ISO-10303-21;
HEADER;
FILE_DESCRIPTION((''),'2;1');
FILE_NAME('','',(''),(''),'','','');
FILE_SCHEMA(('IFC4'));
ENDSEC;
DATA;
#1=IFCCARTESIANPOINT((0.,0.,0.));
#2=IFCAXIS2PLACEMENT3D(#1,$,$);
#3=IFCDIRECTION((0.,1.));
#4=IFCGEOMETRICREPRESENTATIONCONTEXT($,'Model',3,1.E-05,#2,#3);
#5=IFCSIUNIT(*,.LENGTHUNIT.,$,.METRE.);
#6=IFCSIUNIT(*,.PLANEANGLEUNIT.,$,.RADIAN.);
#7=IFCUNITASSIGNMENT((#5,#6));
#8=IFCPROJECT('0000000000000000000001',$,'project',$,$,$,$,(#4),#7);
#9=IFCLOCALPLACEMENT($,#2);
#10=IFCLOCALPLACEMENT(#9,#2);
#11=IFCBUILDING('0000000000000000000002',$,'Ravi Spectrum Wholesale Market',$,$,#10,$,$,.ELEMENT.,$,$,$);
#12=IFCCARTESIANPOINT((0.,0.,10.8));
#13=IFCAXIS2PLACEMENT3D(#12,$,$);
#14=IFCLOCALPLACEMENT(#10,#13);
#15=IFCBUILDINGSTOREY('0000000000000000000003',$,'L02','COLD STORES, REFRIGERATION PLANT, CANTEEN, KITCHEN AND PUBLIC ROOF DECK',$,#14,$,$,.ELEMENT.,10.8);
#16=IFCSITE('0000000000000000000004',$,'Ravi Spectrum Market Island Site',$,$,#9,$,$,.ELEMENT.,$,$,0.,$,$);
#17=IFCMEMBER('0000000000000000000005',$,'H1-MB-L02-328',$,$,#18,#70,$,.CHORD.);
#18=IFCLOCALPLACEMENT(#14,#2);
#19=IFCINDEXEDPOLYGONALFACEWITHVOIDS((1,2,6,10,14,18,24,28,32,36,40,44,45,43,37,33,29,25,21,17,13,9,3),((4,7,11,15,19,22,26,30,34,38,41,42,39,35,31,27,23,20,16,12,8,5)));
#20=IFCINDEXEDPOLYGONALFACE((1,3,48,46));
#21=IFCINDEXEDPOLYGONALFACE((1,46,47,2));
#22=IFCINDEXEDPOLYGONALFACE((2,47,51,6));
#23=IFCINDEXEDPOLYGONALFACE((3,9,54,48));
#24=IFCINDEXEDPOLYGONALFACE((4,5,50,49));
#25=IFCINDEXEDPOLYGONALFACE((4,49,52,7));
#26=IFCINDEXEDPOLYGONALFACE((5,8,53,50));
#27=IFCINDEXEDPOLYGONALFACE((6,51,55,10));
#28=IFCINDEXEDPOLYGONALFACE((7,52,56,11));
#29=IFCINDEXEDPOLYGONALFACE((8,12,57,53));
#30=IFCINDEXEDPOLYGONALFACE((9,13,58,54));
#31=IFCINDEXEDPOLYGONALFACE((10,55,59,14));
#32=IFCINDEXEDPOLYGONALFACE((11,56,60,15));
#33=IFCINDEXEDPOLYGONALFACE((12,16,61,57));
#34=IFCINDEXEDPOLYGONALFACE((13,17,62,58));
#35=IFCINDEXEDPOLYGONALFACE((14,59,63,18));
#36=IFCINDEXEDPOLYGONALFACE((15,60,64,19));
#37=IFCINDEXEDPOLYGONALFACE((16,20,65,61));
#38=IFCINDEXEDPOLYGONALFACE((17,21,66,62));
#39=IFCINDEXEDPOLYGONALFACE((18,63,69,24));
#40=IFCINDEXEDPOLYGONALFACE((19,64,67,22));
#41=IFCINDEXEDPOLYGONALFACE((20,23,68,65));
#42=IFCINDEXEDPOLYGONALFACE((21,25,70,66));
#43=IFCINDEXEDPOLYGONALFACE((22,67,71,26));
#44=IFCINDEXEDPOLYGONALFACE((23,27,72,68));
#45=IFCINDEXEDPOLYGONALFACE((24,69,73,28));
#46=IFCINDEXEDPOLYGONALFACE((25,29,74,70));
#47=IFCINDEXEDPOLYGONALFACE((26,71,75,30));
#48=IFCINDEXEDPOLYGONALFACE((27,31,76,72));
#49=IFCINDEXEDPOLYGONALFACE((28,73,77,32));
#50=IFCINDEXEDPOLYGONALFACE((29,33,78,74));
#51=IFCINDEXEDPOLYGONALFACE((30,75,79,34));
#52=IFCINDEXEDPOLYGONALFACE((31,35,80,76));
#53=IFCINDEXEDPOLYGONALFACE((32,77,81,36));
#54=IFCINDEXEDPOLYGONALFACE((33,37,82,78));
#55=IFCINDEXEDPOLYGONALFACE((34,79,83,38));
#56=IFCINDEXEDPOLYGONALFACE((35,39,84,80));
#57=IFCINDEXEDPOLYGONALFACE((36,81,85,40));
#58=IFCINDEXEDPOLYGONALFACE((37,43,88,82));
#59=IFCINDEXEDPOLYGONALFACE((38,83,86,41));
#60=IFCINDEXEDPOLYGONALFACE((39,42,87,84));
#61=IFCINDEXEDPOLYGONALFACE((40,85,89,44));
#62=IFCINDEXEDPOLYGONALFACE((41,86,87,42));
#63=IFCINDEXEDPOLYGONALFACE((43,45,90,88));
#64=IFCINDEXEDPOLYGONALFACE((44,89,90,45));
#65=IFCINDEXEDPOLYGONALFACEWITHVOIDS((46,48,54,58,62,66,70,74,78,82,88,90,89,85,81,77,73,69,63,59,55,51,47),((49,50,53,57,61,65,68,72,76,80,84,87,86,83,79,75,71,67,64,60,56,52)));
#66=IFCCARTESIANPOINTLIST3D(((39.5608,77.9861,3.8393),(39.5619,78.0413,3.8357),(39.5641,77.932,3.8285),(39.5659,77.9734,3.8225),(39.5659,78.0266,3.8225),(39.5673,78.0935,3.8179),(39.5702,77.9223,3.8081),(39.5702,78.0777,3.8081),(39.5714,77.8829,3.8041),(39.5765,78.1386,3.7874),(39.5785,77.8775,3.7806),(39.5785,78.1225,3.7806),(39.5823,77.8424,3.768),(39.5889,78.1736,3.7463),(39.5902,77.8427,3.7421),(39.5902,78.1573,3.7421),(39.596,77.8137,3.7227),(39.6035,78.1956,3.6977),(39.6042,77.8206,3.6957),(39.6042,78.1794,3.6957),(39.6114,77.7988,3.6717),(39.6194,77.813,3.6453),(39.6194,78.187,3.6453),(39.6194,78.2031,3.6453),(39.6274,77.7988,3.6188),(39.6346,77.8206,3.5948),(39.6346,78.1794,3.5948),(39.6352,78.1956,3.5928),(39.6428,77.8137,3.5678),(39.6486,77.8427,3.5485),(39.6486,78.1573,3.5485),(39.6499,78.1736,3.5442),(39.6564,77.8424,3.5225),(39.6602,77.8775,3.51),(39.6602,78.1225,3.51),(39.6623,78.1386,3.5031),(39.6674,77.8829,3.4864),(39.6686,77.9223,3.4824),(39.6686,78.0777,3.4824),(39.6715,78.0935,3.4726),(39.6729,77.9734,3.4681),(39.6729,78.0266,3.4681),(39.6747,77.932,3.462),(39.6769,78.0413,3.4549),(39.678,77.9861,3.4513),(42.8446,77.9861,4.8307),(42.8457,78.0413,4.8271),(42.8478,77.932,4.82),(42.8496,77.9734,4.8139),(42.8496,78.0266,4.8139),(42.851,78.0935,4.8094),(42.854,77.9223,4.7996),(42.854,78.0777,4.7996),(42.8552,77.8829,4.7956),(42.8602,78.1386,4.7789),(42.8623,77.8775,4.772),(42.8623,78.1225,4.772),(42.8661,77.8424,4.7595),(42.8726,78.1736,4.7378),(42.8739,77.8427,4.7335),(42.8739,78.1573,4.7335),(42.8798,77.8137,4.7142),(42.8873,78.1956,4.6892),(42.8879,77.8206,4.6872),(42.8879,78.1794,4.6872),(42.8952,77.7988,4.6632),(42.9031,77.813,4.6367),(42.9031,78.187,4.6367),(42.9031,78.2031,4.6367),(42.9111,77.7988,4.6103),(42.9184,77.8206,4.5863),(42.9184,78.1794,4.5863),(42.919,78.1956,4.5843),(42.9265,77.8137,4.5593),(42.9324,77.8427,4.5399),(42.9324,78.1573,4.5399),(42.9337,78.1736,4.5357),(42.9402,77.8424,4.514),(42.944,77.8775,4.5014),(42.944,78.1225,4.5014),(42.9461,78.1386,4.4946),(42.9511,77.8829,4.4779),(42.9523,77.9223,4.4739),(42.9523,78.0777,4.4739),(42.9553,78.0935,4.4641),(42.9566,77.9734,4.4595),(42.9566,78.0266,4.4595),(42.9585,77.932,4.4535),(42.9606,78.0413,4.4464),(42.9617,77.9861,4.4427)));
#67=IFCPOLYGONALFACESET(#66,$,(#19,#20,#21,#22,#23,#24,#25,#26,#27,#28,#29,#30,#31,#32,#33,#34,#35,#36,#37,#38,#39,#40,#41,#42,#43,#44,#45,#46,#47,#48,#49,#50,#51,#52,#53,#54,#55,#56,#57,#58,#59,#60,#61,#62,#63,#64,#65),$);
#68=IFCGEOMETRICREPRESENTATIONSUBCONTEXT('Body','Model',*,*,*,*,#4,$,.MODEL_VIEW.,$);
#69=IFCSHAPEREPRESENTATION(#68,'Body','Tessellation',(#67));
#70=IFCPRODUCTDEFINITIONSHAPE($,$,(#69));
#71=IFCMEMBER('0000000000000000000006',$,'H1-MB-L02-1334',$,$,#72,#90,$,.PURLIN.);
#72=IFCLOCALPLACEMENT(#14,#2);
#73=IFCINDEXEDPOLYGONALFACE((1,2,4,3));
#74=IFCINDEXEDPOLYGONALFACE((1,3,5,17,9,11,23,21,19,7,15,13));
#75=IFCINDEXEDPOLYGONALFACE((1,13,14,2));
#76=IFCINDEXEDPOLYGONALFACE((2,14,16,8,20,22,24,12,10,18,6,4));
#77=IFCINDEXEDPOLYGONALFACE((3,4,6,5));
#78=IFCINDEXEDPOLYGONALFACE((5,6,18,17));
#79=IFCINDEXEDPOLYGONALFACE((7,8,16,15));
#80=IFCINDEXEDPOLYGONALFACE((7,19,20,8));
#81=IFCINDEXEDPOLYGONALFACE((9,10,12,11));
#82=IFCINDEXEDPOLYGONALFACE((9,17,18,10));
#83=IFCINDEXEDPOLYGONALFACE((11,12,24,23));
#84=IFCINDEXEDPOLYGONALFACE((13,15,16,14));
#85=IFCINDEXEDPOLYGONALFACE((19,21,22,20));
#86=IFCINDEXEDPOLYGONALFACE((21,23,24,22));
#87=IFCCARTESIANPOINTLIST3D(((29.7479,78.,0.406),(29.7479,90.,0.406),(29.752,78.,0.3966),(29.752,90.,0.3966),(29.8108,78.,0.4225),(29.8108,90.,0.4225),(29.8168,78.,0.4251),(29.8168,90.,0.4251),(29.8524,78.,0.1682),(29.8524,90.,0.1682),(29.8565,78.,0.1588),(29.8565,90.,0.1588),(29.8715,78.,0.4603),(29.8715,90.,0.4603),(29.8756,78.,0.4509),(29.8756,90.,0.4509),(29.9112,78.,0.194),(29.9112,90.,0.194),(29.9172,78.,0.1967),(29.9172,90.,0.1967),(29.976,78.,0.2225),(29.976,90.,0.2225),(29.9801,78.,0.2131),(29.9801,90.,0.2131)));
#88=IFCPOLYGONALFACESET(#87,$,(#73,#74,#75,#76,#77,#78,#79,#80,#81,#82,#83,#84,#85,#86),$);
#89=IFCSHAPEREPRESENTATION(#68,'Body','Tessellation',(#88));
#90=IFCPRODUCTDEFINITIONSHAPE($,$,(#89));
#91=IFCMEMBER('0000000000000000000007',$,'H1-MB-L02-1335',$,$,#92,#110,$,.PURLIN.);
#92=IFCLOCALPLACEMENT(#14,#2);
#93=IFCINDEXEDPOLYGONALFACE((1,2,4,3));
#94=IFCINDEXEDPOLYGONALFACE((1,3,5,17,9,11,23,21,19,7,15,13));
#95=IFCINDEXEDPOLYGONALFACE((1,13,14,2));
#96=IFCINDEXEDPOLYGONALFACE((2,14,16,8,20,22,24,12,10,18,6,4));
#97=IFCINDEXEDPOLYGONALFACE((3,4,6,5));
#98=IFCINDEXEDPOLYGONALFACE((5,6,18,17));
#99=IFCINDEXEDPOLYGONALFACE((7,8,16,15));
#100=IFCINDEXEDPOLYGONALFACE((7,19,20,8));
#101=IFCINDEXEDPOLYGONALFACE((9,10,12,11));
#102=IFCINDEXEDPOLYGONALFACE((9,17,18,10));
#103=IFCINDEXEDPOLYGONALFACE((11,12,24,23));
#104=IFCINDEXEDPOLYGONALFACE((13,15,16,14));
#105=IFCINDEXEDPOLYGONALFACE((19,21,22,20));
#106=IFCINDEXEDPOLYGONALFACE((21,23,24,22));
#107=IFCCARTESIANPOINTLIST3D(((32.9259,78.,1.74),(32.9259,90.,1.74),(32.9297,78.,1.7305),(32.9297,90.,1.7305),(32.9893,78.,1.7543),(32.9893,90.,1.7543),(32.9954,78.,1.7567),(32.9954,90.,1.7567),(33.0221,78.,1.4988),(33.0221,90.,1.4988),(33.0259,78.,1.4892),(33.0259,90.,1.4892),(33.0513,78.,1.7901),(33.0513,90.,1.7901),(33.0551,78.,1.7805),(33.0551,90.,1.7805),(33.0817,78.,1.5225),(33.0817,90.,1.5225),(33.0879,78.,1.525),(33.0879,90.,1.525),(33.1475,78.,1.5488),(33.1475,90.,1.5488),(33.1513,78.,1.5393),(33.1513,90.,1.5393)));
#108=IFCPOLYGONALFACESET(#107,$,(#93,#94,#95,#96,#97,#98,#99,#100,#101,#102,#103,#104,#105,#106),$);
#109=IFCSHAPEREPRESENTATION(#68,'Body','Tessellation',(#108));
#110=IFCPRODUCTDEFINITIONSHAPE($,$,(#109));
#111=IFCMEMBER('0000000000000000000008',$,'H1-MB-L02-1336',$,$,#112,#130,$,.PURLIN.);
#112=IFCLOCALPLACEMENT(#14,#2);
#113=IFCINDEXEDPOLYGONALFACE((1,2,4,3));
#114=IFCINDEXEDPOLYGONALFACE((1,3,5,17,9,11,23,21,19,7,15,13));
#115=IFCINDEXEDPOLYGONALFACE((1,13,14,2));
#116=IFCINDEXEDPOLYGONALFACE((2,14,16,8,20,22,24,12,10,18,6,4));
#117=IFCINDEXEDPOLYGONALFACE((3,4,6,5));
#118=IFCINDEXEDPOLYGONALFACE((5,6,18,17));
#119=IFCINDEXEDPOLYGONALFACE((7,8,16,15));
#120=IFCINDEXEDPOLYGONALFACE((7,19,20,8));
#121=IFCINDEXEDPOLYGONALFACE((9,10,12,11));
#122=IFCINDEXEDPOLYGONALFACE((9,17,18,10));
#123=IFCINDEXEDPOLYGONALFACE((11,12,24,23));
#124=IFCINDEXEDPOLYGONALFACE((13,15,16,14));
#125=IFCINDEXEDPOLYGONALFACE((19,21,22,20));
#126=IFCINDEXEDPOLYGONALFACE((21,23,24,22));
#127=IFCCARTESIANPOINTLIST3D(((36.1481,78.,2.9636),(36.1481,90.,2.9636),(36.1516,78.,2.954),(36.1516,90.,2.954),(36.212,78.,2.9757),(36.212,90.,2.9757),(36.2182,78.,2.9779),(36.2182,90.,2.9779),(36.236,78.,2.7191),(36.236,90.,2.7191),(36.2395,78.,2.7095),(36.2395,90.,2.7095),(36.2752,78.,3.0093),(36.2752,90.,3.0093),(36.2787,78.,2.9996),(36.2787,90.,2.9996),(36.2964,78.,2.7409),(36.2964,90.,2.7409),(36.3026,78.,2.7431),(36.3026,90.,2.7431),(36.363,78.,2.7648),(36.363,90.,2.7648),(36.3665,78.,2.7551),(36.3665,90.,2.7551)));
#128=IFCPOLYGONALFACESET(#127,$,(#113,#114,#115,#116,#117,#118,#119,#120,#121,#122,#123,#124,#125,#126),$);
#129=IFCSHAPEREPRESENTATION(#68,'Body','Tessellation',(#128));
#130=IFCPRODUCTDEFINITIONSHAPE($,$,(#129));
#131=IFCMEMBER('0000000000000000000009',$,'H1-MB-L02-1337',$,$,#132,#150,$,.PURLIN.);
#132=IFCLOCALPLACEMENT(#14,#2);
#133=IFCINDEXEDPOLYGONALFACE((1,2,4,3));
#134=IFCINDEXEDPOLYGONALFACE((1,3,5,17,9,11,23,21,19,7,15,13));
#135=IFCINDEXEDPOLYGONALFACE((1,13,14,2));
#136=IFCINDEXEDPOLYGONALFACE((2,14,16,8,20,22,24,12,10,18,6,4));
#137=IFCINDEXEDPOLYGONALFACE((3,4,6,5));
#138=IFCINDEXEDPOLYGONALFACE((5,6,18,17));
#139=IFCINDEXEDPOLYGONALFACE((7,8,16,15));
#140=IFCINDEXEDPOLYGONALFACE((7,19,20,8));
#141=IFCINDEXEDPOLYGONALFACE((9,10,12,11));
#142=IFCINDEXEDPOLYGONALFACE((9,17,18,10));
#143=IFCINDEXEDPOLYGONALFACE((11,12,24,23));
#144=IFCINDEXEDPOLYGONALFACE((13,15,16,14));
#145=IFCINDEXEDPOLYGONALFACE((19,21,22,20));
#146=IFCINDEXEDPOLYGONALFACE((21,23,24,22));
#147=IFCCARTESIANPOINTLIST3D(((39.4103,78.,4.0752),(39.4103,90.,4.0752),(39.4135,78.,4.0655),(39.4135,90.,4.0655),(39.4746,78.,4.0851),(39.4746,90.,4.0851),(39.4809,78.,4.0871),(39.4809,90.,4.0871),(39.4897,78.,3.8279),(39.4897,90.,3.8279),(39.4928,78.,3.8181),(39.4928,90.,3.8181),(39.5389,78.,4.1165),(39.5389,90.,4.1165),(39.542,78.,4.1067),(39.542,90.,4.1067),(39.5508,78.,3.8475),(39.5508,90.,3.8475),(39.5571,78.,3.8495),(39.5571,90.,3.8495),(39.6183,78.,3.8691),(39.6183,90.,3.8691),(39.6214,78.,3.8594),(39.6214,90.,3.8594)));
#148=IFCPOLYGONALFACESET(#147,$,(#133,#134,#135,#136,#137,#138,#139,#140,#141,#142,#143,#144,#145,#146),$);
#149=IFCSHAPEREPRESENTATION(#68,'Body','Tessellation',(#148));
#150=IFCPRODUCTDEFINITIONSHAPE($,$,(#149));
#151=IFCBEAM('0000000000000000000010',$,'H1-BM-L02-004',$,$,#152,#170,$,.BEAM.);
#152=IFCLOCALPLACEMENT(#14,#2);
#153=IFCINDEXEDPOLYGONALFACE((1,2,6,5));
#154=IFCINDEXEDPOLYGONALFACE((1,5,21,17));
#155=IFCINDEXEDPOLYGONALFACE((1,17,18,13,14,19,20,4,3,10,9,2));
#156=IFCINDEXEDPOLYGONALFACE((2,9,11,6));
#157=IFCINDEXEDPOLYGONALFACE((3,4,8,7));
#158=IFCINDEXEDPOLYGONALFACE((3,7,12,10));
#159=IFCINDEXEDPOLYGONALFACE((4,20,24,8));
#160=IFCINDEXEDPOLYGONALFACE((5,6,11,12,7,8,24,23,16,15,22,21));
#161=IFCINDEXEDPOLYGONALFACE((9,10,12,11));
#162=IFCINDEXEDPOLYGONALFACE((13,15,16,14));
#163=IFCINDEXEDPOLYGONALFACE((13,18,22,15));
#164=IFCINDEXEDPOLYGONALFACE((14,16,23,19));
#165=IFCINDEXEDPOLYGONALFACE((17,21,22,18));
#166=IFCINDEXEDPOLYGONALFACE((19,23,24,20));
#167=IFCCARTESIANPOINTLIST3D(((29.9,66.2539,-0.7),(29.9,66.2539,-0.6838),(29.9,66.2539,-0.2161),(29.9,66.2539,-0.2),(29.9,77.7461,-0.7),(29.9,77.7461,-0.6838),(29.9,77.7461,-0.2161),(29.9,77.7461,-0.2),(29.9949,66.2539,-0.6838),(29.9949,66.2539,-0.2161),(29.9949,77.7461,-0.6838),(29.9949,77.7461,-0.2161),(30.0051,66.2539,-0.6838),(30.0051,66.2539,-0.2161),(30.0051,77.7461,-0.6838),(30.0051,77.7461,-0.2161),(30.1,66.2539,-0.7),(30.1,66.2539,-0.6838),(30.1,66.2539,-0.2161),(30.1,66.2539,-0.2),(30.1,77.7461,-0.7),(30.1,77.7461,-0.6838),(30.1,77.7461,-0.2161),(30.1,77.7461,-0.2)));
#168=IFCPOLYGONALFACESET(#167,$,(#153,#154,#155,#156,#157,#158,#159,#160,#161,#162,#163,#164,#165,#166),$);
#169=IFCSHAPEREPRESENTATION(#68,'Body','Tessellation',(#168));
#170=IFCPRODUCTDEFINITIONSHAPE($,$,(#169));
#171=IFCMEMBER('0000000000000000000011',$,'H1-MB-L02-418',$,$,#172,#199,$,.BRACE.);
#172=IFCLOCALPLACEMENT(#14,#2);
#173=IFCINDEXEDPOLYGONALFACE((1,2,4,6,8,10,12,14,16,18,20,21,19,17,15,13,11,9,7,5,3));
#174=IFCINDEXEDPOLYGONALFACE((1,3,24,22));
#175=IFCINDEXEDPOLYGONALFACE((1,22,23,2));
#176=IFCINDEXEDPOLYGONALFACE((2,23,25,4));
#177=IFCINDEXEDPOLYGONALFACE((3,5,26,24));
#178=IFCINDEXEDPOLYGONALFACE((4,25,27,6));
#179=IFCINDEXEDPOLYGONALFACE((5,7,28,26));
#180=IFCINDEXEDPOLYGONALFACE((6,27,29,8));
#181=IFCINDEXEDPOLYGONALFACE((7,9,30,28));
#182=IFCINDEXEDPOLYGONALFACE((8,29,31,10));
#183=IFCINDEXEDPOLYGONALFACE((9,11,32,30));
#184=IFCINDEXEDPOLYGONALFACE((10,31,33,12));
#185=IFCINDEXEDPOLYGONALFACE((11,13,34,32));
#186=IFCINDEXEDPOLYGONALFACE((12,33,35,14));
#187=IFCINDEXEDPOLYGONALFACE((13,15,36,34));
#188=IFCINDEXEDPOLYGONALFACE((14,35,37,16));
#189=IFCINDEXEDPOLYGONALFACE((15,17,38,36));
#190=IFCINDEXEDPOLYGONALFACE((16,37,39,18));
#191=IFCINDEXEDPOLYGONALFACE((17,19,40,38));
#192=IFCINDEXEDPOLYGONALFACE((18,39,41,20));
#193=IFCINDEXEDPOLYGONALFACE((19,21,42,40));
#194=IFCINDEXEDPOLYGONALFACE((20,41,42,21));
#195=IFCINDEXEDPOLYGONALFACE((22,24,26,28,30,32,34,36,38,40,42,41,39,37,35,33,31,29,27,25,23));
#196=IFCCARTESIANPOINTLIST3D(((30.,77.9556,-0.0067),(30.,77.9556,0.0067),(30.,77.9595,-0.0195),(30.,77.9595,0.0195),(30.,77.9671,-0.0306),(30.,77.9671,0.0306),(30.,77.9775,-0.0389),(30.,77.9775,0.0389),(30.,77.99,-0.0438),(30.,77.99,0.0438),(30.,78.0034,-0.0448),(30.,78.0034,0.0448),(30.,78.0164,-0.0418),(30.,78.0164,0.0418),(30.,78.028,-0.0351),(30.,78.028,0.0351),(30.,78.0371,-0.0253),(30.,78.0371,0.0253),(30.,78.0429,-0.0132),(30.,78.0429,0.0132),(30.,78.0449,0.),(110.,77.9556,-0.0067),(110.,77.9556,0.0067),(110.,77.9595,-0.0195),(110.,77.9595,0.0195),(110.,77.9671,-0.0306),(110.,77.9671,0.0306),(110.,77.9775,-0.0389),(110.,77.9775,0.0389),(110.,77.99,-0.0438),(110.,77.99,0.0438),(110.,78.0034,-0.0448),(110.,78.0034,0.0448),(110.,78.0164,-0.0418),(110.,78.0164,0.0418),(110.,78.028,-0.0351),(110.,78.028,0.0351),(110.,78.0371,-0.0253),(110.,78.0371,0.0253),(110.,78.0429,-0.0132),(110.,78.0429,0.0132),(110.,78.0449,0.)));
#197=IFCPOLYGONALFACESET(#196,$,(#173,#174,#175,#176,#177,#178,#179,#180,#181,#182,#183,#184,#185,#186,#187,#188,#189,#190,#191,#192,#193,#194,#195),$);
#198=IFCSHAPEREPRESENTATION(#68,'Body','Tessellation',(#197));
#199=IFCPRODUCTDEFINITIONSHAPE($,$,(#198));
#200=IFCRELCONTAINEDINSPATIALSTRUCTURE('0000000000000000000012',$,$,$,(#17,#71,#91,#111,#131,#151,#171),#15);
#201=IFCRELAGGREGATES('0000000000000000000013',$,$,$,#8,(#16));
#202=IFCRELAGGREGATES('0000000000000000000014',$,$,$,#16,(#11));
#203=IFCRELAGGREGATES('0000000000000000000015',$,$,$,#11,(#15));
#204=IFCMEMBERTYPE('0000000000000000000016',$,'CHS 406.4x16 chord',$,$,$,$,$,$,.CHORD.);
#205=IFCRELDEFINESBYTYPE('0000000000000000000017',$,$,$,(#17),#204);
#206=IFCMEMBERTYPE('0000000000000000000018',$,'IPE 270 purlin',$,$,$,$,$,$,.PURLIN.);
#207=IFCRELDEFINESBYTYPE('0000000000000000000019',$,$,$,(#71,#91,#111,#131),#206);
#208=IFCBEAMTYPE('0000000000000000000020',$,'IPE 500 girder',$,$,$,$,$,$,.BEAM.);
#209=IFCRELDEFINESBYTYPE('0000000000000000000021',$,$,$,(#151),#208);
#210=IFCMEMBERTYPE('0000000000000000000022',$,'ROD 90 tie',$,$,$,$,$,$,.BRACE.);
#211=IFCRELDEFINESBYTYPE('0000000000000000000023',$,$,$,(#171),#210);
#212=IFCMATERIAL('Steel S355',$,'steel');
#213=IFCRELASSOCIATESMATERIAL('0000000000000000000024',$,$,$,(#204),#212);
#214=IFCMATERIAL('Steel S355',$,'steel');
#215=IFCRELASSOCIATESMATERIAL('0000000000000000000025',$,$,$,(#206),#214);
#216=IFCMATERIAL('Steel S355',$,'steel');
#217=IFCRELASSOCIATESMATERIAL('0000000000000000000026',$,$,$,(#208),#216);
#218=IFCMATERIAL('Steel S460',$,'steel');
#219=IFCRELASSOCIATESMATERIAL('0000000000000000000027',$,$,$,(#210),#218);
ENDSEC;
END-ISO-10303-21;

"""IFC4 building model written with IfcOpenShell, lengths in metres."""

from ifc_helpers import new_model, si_unit, direction, frame, origin, origin_2d, place, context, subcontext, project, spatial, circle, hollow_circle, i_section, extrude, material, material_profile, profile_set, type_object, element, save


model = new_model("IFC4")

# Units and contexts
model_context = context("Model", 3, precision=1e-05, world=origin(), true_north=direction((0.0, 1.0)))
body_context = subcontext(model_context, "Body", "Model", "MODEL_VIEW")
ifc_project = project(units=[si_unit("LENGTHUNIT", "METRE"), si_unit("PLANEANGLEUNIT", "RADIAN")], contexts=[model_context])

# Site, building, storey
site_placement = place(None, origin())
site = spatial("IfcSite", under=ifc_project, at=site_placement, Name="Ravi Spectrum Market Island Site", CompositionType="ELEMENT", RefElevation=0.0)
building_placement = place(site_placement, origin())
building = spatial("IfcBuilding", under=site, at=building_placement, Name="Ravi Spectrum Wholesale Market", CompositionType="ELEMENT")
storey_placement = place(building_placement, frame((0.0, 0.0, 10.8)))
storey = spatial("IfcBuildingStorey", under=building, at=storey_placement, Name="L02", Description="COLD STORES, REFRIGERATION PLANT, CANTEEN, KITCHEN AND PUBLIC ROOF DECK", CompositionType="ELEMENT", Elevation=10.8)

# Members
ifc_material_1 = material(Name="Steel S355", Category="steel")
ifc_material_profile_1 = material_profile(ifc_material_1, hollow_circle(Radius=0.2031, WallThickness=0.0161, at=origin_2d()))
ifc_profile_set_1 = profile_set([ifc_material_profile_1], Name="Steel S355")
member_type_1 = type_object("IfcMemberType", Name="CHS 406.4x16 chord", PredefinedType="CHORD", material=ifc_profile_set_1)
member_1_placement = place(storey_placement, frame((39.6194, 78.0, 3.6453), z_axis=(0.957315, 0.0, 0.289045), x_axis=(0.0, 1.0, 0.0)))
element("IfcMember", 1, at=member_1_placement, inside=storey, type_object=member_type_1, Name="H1-MB-L02-328", PredefinedType="CHORD", context=body_context, shape_type="SweptSolid", body=[
    extrude(hollow_circle(Radius=0.2031, WallThickness=0.0161, at=origin_2d()), origin(), (0.0, 0.0, 1.0), 3.4302),
])
ifc_material_2 = material(Name="Steel S355", Category="steel")
ifc_material_profile_2 = material_profile(ifc_material_2, i_section(OverallWidth=0.135, OverallDepth=0.27, WebThickness=0.0066, FlangeThickness=0.0103, at=origin_2d()))
ifc_profile_set_2 = profile_set([ifc_material_profile_2], Name="Steel S355")
member_type_2 = type_object("IfcMemberType", Name="IPE 270 purlin", PredefinedType="PURLIN", material=ifc_profile_set_2)
for number, where, z_axis, x_axis, name in (
    (2, (29.864, 78.0, 0.3096), (0.0, 1.0, 0.0), (-0.915525, 0.0, -0.40226), "H1-MB-L02-1334"),
    (3, (33.0386, 78.0, 1.6396), (0.0, 1.0, 0.0), (-0.928855, 0.0, -0.370443), "H1-MB-L02-1335"),
    (4, (36.2573, 78.0, 2.8594), (0.0, 1.0, 0.0), (-0.94108, 0.0, -0.338184), "H1-MB-L02-1336"),
    (5, (39.5159, 78.0, 3.9673), (0.0, 1.0, 0.0), (-0.952184, 0.0, -0.305524), "H1-MB-L02-1337"),
):
    element("IfcMember", number, at=place(storey_placement, frame(where, z_axis=z_axis, x_axis=x_axis)), inside=storey, type_object=member_type_2, Name=name, PredefinedType="PURLIN", context=body_context, shape_type="SweptSolid", body=[
        extrude(i_section(OverallWidth=0.135, OverallDepth=0.27, WebThickness=0.0066, FlangeThickness=0.0103, at=origin_2d()), origin(), (0.0, 0.0, 1.0), 12.0),
    ])

# Beam
ifc_material_3 = material(Name="Steel S355", Category="steel")
ifc_material_profile_3 = material_profile(ifc_material_3, i_section(OverallWidth=0.2, OverallDepth=0.5, WebThickness=0.0103, FlangeThickness=0.0161, at=origin_2d()))
ifc_profile_set_3 = profile_set([ifc_material_profile_3], Name="Steel S355")
beam_type = type_object("IfcBeamType", Name="IPE 500 girder", PredefinedType="BEAM", material=ifc_profile_set_3)
beam_placement = place(storey_placement, frame((30.0, 66.2539, -0.45), z_axis=(0.0, 1.0, 0.0), x_axis=(-1.0, 0.0, 0.0)))
element("IfcBeam", 6, at=beam_placement, inside=storey, type_object=beam_type, Name="H1-BM-L02-004", PredefinedType="BEAM", context=body_context, shape_type="SweptSolid", body=[
    extrude(i_section(OverallWidth=0.2, OverallDepth=0.5, WebThickness=0.0103, FlangeThickness=0.0161, at=origin_2d()), origin(), (0.0, 0.0, 1.0), 11.4922),
])

# Member
ifc_material_4 = material(Name="Steel S460", Category="steel")
ifc_material_profile_4 = material_profile(ifc_material_4, circle(Radius=0.0449, at=origin_2d()))
ifc_profile_set_4 = profile_set([ifc_material_profile_4], Name="Steel S460")
member_type_3 = type_object("IfcMemberType", Name="ROD 90 tie", PredefinedType="BRACE", material=ifc_profile_set_4)
member_2_placement = place(storey_placement, frame((30.0, 78.0, 0.0), z_axis=(1.0, 0.0, 0.0), x_axis=(0.0, 1.0, 0.0)))
element("IfcMember", 7, at=member_2_placement, inside=storey, type_object=member_type_3, Name="H1-MB-L02-418", PredefinedType="BRACE", context=body_context, shape_type="SweptSolid", body=[
    extrude(circle(Radius=0.0449, at=origin_2d()), origin(), (0.0, 0.0, 1.0), 80.0),
])

save(model, "model.ifc")
